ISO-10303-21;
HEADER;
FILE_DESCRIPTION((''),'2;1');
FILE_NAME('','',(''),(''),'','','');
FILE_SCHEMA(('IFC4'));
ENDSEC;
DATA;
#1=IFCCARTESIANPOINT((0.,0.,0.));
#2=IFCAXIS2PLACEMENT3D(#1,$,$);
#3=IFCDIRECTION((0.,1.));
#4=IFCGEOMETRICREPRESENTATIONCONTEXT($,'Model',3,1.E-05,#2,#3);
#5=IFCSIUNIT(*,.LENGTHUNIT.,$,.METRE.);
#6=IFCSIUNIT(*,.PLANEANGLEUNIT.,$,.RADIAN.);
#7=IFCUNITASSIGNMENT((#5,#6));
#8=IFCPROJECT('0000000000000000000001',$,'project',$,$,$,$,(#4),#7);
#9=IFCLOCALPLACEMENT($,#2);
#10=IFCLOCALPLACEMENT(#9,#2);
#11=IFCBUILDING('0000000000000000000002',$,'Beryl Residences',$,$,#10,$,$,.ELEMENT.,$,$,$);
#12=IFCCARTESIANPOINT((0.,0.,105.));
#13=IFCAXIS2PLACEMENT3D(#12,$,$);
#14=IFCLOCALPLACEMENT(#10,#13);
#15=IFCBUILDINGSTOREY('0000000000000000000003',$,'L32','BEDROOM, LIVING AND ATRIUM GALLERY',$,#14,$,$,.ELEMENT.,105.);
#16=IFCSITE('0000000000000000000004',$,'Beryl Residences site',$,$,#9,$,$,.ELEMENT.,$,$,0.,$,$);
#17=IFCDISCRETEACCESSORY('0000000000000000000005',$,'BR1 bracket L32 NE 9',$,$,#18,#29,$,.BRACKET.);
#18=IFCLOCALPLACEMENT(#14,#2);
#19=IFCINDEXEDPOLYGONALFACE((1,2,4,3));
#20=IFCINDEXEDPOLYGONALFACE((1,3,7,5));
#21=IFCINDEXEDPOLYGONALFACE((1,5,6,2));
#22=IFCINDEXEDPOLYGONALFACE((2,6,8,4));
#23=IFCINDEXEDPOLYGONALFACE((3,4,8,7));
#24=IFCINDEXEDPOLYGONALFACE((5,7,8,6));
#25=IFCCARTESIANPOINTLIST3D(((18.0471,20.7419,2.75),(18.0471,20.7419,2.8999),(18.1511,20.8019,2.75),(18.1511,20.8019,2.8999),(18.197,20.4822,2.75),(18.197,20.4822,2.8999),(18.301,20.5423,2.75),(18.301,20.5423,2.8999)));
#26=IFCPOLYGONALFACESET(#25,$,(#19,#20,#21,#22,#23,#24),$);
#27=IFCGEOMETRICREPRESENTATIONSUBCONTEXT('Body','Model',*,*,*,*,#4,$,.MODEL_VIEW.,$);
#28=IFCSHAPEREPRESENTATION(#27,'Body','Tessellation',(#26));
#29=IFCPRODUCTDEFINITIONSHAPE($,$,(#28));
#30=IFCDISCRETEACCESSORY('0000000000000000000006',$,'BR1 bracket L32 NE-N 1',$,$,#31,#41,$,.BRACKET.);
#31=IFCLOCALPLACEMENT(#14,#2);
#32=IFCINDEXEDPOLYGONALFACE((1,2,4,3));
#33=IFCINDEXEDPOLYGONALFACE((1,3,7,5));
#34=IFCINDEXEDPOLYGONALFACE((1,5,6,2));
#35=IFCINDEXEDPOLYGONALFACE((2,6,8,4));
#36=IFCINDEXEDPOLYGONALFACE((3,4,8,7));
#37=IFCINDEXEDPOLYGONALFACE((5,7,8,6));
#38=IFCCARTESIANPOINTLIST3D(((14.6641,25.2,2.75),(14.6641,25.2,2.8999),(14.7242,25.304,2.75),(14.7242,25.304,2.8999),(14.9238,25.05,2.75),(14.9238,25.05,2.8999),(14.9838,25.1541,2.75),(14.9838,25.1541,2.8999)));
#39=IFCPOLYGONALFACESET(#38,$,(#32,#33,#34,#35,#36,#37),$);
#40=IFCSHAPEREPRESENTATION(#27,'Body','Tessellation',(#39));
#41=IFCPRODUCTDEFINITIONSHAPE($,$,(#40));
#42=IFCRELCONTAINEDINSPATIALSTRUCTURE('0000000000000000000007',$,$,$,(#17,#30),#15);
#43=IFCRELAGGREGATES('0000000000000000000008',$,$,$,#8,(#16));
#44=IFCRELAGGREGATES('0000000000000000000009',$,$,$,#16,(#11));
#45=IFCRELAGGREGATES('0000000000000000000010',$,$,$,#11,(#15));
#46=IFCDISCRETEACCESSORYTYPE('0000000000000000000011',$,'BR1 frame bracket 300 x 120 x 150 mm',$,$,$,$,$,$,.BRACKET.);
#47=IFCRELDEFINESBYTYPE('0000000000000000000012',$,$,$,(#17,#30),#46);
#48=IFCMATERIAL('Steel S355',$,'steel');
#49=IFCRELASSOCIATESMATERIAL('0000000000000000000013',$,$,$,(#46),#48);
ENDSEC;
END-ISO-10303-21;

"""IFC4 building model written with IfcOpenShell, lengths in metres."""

from ifc_helpers import new_model, si_unit, direction, frame, origin, place, context, subcontext, project, spatial, polyline, outline, extrude, source, transform, mapped, material, type_object, type_shapes, element, save


model = new_model("IFC4")

# Units and contexts
model_context = context("Model", 3, precision=1e-05, world=origin(), true_north=direction((0.0, 1.0)))
body_context = subcontext(model_context, "Body", "Model", "MODEL_VIEW")
ifc_project = project(units=[si_unit("LENGTHUNIT", "METRE"), si_unit("PLANEANGLEUNIT", "RADIAN")], contexts=[model_context])

# Site, building, storey
site_placement = place(None, origin())
site = spatial("IfcSite", under=ifc_project, at=site_placement, Name="Beryl Residences site", CompositionType="ELEMENT", RefElevation=0.0)
building_placement = place(site_placement, origin())
building = spatial("IfcBuilding", under=site, at=building_placement, Name="Beryl Residences", CompositionType="ELEMENT")
storey_placement = place(building_placement, frame((0.0, 0.0, 105.0)))
storey = spatial("IfcBuildingStorey", under=building, at=storey_placement, Name="L32", Description="BEDROOM, LIVING AND ATRIUM GALLERY", CompositionType="ELEMENT", Elevation=105.0)

# Discrete accessories
ifc_material_1 = material(Name="Steel S355", Category="steel")
discrete_accessory_type = type_object("IfcDiscreteAccessoryType", Name="BR1 frame bracket 300 x 120 x 150 mm", PredefinedType="BRACKET", material=ifc_material_1)
shared_shape_1 = source(origin(), body_context, "Body", "SweptSolid", [
    extrude(outline(polyline([(-0.1499, 0.0), (0.1499, 0.0), (0.1499, 0.1201), (-0.1499, 0.1201), (-0.1499, 0.0)])), origin(), (0.0, 0.0, 1.0), 0.1499),
])
type_shapes(discrete_accessory_type, [shared_shape_1])
for number, where, z_axis, x_axis, name in (
    (1, (18.1221, 20.6121, 2.75), (0.0, 0.0, 1.0), (0.5, -0.866025, 0.0), "BR1 bracket L32 NE 9"),
    (2, (14.7939, 25.125, 2.75), (0.0, 0.0, 1.0), (0.866025, -0.5, 0.0), "BR1 bracket L32 NE-N 1"),
):
    element("IfcDiscreteAccessory", number, at=place(storey_placement, frame(where, z_axis=z_axis, x_axis=x_axis)), inside=storey, type_object=discrete_accessory_type, Name=name, PredefinedType="BRACKET", context=body_context, shape_type="MappedRepresentation", body=[
        mapped(shared_shape_1, transform((0.0, 0.0, 0.0))),
    ])

save(model, "model.ifc")
